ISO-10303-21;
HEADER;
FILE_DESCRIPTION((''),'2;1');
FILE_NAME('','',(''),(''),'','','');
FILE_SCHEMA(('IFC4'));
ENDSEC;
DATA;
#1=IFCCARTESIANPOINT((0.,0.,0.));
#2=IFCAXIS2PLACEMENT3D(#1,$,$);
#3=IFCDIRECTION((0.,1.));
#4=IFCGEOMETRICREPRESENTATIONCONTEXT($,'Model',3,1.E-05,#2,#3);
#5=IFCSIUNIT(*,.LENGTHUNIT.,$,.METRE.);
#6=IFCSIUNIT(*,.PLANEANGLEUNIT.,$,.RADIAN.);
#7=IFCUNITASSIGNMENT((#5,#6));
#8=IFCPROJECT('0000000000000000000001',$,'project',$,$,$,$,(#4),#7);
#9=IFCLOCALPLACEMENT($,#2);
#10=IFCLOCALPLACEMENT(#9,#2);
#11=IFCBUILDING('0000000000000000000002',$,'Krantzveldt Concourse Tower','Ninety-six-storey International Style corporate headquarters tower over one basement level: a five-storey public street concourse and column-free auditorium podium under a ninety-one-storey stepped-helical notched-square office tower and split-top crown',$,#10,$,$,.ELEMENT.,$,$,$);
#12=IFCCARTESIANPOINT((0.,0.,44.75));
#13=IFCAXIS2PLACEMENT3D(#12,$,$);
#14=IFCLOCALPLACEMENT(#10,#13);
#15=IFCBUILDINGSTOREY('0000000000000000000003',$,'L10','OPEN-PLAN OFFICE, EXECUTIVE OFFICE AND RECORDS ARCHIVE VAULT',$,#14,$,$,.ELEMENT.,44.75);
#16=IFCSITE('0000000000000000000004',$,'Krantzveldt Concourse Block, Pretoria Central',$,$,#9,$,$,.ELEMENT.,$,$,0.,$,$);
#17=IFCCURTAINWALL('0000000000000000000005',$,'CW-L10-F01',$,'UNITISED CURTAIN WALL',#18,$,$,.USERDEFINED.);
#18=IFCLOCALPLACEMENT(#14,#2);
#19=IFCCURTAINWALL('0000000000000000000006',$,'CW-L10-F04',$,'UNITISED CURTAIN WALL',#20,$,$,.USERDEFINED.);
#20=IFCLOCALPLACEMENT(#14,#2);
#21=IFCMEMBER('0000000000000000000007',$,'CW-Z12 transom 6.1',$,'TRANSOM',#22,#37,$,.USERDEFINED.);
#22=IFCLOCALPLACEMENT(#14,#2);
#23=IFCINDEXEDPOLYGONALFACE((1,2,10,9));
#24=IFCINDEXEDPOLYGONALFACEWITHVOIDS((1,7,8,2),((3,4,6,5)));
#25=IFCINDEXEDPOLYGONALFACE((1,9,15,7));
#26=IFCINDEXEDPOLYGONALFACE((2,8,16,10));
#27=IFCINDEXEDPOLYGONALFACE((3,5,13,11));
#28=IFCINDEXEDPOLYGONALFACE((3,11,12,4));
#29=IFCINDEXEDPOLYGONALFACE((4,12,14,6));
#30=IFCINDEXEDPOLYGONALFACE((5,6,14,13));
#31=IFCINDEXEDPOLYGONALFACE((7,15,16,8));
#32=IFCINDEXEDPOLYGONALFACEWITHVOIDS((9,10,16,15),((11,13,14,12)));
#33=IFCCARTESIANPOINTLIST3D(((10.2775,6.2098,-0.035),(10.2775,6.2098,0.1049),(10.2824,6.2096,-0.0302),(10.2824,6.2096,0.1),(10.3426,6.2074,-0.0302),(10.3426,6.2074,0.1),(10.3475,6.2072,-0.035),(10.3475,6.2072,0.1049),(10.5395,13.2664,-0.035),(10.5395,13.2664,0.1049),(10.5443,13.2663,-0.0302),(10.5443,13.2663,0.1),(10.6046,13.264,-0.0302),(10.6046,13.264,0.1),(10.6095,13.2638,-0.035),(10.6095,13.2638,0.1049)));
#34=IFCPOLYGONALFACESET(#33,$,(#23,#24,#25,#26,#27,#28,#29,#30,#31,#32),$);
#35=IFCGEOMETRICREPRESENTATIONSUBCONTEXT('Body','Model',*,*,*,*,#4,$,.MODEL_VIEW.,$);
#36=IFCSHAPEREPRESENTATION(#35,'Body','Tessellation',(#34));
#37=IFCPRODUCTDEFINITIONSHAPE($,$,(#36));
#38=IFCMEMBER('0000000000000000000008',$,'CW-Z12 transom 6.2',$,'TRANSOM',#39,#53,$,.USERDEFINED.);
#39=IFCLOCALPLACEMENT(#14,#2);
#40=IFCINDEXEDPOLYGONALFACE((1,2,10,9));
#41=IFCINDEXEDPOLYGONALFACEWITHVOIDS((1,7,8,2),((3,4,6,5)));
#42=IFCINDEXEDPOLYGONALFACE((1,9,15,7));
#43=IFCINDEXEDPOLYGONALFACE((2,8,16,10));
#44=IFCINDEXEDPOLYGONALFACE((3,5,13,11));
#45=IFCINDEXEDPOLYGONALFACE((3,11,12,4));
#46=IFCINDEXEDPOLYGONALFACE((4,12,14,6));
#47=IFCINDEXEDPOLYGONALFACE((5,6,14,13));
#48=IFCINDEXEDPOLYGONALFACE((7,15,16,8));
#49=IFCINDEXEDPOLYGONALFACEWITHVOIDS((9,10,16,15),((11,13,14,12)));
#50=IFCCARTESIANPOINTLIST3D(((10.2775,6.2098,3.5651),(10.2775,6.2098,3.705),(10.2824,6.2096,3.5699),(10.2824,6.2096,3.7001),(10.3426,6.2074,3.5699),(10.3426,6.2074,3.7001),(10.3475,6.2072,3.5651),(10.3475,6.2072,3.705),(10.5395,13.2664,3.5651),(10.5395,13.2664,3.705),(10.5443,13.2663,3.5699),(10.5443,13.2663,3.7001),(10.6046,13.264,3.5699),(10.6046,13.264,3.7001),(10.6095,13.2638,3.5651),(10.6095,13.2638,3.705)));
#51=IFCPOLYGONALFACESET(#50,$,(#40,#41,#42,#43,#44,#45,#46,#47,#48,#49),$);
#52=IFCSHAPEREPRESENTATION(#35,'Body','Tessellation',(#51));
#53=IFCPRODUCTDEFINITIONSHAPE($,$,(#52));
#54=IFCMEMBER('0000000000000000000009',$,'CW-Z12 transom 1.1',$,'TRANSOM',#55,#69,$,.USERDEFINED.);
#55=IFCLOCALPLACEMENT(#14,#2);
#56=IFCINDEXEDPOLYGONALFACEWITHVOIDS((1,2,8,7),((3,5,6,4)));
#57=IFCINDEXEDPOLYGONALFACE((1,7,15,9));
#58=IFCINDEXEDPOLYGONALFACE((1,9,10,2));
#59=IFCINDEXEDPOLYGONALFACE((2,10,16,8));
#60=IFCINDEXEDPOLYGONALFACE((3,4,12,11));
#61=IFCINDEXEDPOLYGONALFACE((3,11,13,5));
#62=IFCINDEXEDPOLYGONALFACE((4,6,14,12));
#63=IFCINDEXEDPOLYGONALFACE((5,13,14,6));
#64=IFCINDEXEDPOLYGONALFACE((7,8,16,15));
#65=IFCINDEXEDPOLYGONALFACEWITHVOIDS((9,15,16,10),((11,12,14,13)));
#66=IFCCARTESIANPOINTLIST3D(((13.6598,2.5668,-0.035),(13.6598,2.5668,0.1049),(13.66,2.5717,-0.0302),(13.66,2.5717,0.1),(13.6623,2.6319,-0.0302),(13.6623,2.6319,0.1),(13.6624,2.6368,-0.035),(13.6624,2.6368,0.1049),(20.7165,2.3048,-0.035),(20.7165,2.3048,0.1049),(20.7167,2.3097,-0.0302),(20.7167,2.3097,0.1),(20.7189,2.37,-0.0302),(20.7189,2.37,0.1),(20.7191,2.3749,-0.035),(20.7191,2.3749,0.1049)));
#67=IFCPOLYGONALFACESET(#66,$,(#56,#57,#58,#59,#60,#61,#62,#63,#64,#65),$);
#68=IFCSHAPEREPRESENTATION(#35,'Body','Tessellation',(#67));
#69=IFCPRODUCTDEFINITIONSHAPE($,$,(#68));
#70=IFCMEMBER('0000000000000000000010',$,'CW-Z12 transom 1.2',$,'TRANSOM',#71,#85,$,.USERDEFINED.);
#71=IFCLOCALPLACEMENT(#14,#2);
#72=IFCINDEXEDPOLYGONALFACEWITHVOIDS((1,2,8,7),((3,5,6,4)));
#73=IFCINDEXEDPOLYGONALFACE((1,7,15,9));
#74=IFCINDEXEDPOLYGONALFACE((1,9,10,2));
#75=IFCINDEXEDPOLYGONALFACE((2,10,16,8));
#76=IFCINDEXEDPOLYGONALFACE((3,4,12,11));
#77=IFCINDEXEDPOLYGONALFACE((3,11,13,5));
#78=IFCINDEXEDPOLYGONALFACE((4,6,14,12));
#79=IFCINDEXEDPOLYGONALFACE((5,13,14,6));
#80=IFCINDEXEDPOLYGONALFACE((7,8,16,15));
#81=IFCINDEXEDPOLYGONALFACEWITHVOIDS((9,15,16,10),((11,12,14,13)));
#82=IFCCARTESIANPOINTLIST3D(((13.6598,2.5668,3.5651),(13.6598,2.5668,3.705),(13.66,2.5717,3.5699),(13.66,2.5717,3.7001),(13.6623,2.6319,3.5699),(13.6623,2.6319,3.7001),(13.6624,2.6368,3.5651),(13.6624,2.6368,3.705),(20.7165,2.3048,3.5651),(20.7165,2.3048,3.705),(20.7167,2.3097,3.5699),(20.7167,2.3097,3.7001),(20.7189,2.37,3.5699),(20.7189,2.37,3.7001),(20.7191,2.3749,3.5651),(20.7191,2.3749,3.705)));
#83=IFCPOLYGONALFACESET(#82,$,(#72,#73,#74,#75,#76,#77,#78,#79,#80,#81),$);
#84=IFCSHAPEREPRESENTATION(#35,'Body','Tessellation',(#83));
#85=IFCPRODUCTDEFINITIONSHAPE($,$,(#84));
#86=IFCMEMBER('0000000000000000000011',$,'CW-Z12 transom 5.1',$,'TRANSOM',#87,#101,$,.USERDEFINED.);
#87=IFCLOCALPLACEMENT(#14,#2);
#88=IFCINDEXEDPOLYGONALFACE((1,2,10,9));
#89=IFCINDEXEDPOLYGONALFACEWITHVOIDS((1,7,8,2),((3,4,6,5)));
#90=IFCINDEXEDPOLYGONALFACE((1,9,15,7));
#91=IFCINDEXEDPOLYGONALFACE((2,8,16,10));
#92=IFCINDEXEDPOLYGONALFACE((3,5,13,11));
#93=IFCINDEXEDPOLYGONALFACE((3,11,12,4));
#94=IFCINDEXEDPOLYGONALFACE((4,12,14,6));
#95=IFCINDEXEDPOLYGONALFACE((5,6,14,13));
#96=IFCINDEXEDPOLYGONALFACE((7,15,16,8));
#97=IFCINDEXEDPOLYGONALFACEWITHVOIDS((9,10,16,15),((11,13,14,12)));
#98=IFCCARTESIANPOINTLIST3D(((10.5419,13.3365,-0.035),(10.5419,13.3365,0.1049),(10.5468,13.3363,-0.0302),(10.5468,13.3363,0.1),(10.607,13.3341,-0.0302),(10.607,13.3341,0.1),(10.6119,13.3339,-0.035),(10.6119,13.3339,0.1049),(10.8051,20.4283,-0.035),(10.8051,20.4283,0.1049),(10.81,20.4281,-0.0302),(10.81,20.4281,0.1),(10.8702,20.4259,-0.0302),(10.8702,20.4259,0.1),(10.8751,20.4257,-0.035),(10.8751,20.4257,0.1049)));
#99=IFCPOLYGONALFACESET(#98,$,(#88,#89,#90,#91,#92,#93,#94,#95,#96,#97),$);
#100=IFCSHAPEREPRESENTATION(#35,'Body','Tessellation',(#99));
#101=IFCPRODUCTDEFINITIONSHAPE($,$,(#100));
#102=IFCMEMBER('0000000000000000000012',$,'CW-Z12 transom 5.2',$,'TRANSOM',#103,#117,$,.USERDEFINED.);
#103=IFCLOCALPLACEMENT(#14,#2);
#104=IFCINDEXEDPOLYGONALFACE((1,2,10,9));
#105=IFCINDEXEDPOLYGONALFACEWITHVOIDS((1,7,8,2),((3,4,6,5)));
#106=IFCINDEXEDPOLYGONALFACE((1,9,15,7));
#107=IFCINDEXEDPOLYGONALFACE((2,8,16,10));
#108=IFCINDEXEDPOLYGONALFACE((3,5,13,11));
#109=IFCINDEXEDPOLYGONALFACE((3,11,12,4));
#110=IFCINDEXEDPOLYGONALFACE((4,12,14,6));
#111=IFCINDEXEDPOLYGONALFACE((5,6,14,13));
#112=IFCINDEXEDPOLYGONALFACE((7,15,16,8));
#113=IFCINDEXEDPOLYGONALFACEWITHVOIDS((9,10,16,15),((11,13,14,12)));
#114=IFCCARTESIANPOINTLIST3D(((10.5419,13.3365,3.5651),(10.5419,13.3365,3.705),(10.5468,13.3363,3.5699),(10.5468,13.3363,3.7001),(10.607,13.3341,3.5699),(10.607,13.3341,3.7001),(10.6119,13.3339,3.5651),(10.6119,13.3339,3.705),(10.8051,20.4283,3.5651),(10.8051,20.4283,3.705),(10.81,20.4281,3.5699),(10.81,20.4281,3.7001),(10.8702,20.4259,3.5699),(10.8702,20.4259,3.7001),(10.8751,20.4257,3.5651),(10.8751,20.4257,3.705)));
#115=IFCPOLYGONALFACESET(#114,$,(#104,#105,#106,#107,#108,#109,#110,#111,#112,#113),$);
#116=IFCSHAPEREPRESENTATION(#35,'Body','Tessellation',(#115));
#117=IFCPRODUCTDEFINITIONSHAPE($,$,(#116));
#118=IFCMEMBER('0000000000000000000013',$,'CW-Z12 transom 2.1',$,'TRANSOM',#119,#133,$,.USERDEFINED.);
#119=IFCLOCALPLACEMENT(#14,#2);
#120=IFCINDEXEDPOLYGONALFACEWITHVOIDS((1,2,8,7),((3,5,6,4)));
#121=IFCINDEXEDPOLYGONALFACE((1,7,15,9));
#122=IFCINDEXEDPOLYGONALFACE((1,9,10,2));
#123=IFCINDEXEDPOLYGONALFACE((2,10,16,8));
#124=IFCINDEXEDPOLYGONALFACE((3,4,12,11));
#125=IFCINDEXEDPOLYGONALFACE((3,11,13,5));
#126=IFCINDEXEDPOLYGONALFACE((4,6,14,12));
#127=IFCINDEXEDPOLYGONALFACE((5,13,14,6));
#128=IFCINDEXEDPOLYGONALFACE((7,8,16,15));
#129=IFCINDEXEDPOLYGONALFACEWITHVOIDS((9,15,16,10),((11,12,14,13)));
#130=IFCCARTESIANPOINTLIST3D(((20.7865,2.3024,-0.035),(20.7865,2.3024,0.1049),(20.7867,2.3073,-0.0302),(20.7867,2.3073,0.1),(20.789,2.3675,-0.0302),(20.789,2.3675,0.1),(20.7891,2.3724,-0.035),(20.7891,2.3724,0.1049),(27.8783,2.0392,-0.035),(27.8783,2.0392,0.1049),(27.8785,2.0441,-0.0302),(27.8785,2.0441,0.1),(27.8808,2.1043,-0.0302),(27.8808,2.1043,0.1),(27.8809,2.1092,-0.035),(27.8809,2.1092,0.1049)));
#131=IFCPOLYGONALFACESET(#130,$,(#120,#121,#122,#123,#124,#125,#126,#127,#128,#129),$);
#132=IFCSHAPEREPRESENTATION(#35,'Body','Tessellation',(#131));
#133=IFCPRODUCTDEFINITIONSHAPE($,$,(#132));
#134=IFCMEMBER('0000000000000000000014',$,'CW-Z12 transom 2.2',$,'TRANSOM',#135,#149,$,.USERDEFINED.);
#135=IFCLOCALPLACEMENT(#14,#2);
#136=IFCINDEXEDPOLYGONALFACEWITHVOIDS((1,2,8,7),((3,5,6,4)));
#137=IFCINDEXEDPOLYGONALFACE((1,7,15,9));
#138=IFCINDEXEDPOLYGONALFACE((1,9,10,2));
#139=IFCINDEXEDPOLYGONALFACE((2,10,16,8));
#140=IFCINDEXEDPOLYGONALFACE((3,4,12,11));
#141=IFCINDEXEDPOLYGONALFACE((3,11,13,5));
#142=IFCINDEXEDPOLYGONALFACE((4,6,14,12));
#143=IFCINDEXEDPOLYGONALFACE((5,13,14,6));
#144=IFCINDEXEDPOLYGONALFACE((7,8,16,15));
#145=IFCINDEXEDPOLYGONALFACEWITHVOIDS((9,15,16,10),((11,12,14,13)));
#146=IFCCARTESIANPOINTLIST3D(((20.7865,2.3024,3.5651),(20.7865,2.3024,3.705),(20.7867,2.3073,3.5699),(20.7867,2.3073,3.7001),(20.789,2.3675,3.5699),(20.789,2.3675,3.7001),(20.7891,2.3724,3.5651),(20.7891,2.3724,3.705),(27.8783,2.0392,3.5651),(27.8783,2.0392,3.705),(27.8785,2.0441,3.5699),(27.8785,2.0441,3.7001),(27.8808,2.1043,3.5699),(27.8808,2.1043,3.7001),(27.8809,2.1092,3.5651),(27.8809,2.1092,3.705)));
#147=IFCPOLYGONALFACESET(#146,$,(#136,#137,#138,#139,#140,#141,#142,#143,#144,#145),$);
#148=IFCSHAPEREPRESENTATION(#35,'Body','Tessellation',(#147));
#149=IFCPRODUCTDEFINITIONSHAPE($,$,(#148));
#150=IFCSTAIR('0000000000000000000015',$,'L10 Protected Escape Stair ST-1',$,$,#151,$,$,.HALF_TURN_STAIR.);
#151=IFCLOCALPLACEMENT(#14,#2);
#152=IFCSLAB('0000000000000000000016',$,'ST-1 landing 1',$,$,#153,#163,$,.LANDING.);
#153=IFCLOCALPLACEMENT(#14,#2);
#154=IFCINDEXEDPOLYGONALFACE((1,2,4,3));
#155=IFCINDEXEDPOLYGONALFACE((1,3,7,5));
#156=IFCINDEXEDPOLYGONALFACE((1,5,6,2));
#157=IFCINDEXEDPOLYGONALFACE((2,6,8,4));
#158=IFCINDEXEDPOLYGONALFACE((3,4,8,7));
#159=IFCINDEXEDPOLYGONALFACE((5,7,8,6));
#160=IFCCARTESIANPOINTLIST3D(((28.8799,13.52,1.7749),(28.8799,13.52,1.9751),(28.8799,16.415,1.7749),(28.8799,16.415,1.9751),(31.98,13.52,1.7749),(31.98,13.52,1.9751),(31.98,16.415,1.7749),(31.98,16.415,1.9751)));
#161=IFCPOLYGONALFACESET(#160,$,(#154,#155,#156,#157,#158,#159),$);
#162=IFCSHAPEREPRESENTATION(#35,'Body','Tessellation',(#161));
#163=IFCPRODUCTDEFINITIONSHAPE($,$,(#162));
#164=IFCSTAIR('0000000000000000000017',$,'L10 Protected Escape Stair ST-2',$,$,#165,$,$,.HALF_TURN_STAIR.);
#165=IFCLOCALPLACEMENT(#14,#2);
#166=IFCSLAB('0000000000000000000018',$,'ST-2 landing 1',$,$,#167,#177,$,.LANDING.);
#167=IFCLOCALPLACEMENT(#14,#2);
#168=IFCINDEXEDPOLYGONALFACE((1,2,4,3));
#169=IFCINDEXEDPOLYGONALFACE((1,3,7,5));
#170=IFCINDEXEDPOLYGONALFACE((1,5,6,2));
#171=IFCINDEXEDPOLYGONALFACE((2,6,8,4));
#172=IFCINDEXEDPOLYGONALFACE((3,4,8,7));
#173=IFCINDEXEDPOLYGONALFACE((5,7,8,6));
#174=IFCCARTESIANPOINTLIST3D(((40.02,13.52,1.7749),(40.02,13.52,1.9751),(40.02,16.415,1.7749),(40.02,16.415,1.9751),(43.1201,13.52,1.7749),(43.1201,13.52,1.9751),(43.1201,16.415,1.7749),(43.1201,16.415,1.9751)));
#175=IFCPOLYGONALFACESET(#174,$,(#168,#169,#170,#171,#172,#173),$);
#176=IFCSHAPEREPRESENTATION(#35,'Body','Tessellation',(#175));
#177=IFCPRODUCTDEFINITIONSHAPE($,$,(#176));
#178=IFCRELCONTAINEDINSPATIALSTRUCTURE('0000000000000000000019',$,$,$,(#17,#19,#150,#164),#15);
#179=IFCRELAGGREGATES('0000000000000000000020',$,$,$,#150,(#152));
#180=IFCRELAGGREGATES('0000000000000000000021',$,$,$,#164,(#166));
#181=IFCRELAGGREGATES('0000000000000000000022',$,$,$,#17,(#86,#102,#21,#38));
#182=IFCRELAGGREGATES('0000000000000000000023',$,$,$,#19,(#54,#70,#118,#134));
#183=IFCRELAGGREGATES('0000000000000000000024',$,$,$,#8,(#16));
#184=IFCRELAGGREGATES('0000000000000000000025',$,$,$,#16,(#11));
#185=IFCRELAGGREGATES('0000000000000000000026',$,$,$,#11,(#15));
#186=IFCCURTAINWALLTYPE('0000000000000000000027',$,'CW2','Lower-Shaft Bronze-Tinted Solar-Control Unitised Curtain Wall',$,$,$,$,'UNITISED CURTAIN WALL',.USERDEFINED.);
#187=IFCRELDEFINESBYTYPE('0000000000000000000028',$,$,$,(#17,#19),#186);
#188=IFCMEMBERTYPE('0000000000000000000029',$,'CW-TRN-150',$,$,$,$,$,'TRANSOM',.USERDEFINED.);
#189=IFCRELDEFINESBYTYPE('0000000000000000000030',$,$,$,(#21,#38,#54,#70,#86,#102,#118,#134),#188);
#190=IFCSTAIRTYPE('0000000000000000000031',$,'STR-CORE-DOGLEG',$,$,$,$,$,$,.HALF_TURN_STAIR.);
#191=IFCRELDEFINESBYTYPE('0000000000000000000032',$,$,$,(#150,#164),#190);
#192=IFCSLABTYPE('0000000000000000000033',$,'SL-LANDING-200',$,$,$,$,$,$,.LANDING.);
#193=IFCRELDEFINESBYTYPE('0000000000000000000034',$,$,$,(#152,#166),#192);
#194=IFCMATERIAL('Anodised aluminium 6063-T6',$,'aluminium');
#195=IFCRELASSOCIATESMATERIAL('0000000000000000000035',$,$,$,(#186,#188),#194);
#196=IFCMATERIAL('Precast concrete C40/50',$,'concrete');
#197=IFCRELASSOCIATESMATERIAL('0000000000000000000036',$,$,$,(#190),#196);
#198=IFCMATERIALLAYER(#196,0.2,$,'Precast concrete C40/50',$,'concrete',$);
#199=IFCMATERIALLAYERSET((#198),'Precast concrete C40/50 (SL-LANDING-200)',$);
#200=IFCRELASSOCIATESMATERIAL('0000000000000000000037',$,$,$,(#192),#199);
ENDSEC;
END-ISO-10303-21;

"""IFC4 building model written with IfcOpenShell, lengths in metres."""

from ifc_helpers import new_model, si_unit, direction, frame, origin, origin_2d, place, context, subcontext, project, spatial, polyline, hollow_rectangle, outline, extrude, source, transform, mapped, material, layer, layer_set, material_profile, profile_set, type_object, type_shapes, element, aggregate, save


model = new_model("IFC4")

# Units and contexts
model_context = context("Model", 3, precision=1e-05, world=origin(), true_north=direction((0.0, 1.0)))
body_context = subcontext(model_context, "Body", "Model", "MODEL_VIEW")
ifc_project = project(units=[si_unit("LENGTHUNIT", "METRE"), si_unit("PLANEANGLEUNIT", "RADIAN")], contexts=[model_context])

# Site, building, storey
site_placement = place(None, origin())
site = spatial("IfcSite", under=ifc_project, at=site_placement, Name="Krantzveldt Concourse Block, Pretoria Central", CompositionType="ELEMENT", RefElevation=0.0)
building_placement = place(site_placement, origin())
building = spatial("IfcBuilding", under=site, at=building_placement, Name="Krantzveldt Concourse Tower", Description="Ninety-six-storey International Style corporate headquarters tower over one basement level: a five-storey public street concourse and column-free auditorium podium under a ninety-one-storey stepped-helical notched-square office tower and split-top crown", CompositionType="ELEMENT")
storey_placement = place(building_placement, frame((0.0, 0.0, 44.75)))
storey = spatial("IfcBuildingStorey", under=building, at=storey_placement, Name="L10", Description="OPEN-PLAN OFFICE, EXECUTIVE OFFICE AND RECORDS ARCHIVE VAULT", CompositionType="ELEMENT", Elevation=44.75)

# Curtain walls
ifc_material_1 = material(Name="Anodised aluminium 6063-T6", Category="aluminium")
curtain_wall_type = type_object("IfcCurtainWallType", Name="CW2", Description="Lower-Shaft Bronze-Tinted Solar-Control Unitised Curtain Wall", ElementType="UNITISED CURTAIN WALL", PredefinedType="USERDEFINED", material=ifc_material_1)
curtain_wall_1_placement = place(storey_placement, origin())
curtain_wall_1 = element("IfcCurtainWall", 1, at=curtain_wall_1_placement, inside=storey, type_object=curtain_wall_type, Name="CW-L10-F01", ObjectType="UNITISED CURTAIN WALL", PredefinedType="USERDEFINED")
curtain_wall_2_placement = place(storey_placement, origin())
curtain_wall_2 = element("IfcCurtainWall", 2, at=curtain_wall_2_placement, inside=storey, type_object=curtain_wall_type, Name="CW-L10-F04", ObjectType="UNITISED CURTAIN WALL", PredefinedType="USERDEFINED")

# Members
ifc_material_profile_1 = material_profile(ifc_material_1, hollow_rectangle(XDim=0.0701, YDim=0.1399, WallThickness=0.0049, at=origin_2d()), Name="Anodised aluminium 6063-T6", Category="aluminium")
ifc_profile_set_1 = profile_set([ifc_material_profile_1], Name="Anodised aluminium 6063-T6 - ALU-TRAN 140x70x5")
member_type_1 = type_object("IfcMemberType", Name="CW-TRN-150", ElementType="TRANSOM", PredefinedType="USERDEFINED", material=ifc_profile_set_1)
shared_shape_1 = source(origin(), body_context, "Body", "SweptSolid", [
    extrude(hollow_rectangle(XDim=0.0701, YDim=0.1399, WallThickness=0.0049, at=origin_2d()), origin(), (0.0, 0.0, 1.0), 7.0615),
])
member_1_placement = place(storey_placement, frame((10.5745, 13.2651, 0.0349), z_axis=(-0.037097, -0.999312, 0.0), x_axis=(0.999312, -0.037097, 0.0)))
member_1 = element("IfcMember", 3, at=member_1_placement, type_object=member_type_1, Name="CW-Z12 transom 6.1", ObjectType="TRANSOM", PredefinedType="USERDEFINED", context=body_context, shape_type="MappedRepresentation", body=[
    mapped(shared_shape_1, transform((0.0, 0.0, 0.0), x_axis=(1.0, 0.0, 0.0), y_axis=(0.0, 1.0, 0.0), z_axis=(0.0, 0.0, 1.0), scale=1.0)),
])
member_2_placement = place(storey_placement, frame((10.5745, 13.2651, 3.635), z_axis=(-0.037097, -0.999312, 0.0), x_axis=(0.999312, -0.037097, 0.0)))
member_2 = element("IfcMember", 4, at=member_2_placement, type_object=member_type_1, Name="CW-Z12 transom 6.2", ObjectType="TRANSOM", PredefinedType="USERDEFINED", context=body_context, shape_type="MappedRepresentation", body=[
    mapped(shared_shape_1, transform((0.0, 0.0, 0.0), x_axis=(1.0, 0.0, 0.0), y_axis=(0.0, 1.0, 0.0), z_axis=(0.0, 0.0, 1.0), scale=1.0)),
])
member_3_placement = place(storey_placement, frame((13.6611, 2.6018, 0.0349), z_axis=(0.999312, -0.037097, 0.0), x_axis=(0.037097, 0.999312, 0.0)))
member_3 = element("IfcMember", 5, at=member_3_placement, type_object=member_type_1, Name="CW-Z12 transom 1.1", ObjectType="TRANSOM", PredefinedType="USERDEFINED", context=body_context, shape_type="MappedRepresentation", body=[
    mapped(shared_shape_1, transform((0.0, 0.0, 0.0), x_axis=(1.0, 0.0, 0.0), y_axis=(0.0, 1.0, 0.0), z_axis=(0.0, 0.0, 1.0), scale=1.0)),
])
member_4_placement = place(storey_placement, frame((13.6611, 2.6018, 3.635), z_axis=(0.999312, -0.037097, 0.0), x_axis=(0.037097, 0.999312, 0.0)))
member_4 = element("IfcMember", 6, at=member_4_placement, type_object=member_type_1, Name="CW-Z12 transom 1.2", ObjectType="TRANSOM", PredefinedType="USERDEFINED", context=body_context, shape_type="MappedRepresentation", body=[
    mapped(shared_shape_1, transform((0.0, 0.0, 0.0), x_axis=(1.0, 0.0, 0.0), y_axis=(0.0, 1.0, 0.0), z_axis=(0.0, 0.0, 1.0), scale=1.0)),
])
shared_shape_2 = source(origin(), body_context, "Body", "SweptSolid", [
    extrude(hollow_rectangle(XDim=0.0701, YDim=0.1399, WallThickness=0.0049, at=origin_2d()), origin(), (0.0, 0.0, 1.0), 7.0967),
])
type_shapes(member_type_1, [shared_shape_1, shared_shape_2])
member_5_placement = place(storey_placement, frame((10.8401, 20.427, 0.0349), z_axis=(-0.037085, -0.999312, 0.0), x_axis=(0.999312, -0.037085, 0.0)))
member_5 = element("IfcMember", 7, at=member_5_placement, type_object=member_type_1, Name="CW-Z12 transom 5.1", ObjectType="TRANSOM", PredefinedType="USERDEFINED", context=body_context, shape_type="MappedRepresentation", body=[
    mapped(shared_shape_2, transform((0.0, 0.0, 0.0), x_axis=(1.0, 0.0, 0.0), y_axis=(0.0, 1.0, 0.0), z_axis=(0.0, 0.0, 1.0), scale=1.0)),
])
member_6_placement = place(storey_placement, frame((10.8401, 20.427, 3.635), z_axis=(-0.037085, -0.999312, 0.0), x_axis=(0.999312, -0.037085, 0.0)))
member_6 = element("IfcMember", 8, at=member_6_placement, type_object=member_type_1, Name="CW-Z12 transom 5.2", ObjectType="TRANSOM", PredefinedType="USERDEFINED", context=body_context, shape_type="MappedRepresentation", body=[
    mapped(shared_shape_2, transform((0.0, 0.0, 0.0), x_axis=(1.0, 0.0, 0.0), y_axis=(0.0, 1.0, 0.0), z_axis=(0.0, 0.0, 1.0), scale=1.0)),
])
member_7_placement = place(storey_placement, frame((20.7878, 2.3374, 0.0349), z_axis=(0.999312, -0.037085, 0.0), x_axis=(0.037085, 0.999312, 0.0)))
member_7 = element("IfcMember", 9, at=member_7_placement, type_object=member_type_1, Name="CW-Z12 transom 2.1", ObjectType="TRANSOM", PredefinedType="USERDEFINED", context=body_context, shape_type="MappedRepresentation", body=[
    mapped(shared_shape_2, transform((0.0, 0.0, 0.0), x_axis=(1.0, 0.0, 0.0), y_axis=(0.0, 1.0, 0.0), z_axis=(0.0, 0.0, 1.0), scale=1.0)),
])
member_8_placement = place(storey_placement, frame((20.7878, 2.3374, 3.635), z_axis=(0.999312, -0.037085, 0.0), x_axis=(0.037085, 0.999312, 0.0)))
member_8 = element("IfcMember", 10, at=member_8_placement, type_object=member_type_1, Name="CW-Z12 transom 2.2", ObjectType="TRANSOM", PredefinedType="USERDEFINED", context=body_context, shape_type="MappedRepresentation", body=[
    mapped(shared_shape_2, transform((0.0, 0.0, 0.0), x_axis=(1.0, 0.0, 0.0), y_axis=(0.0, 1.0, 0.0), z_axis=(0.0, 0.0, 1.0), scale=1.0)),
])

# Stairs, slabs
ifc_material_2 = material(Name="Precast concrete C40/50", Category="concrete")
stair_type = type_object("IfcStairType", Name="STR-CORE-DOGLEG", PredefinedType="HALF_TURN_STAIR", material=ifc_material_2)
stair_1_placement = place(storey_placement, origin())
stair_1 = element("IfcStair", 11, at=stair_1_placement, inside=storey, type_object=stair_type, Name="L10 Protected Escape Stair ST-1", PredefinedType="HALF_TURN_STAIR")
ifc_layer_1 = layer(ifc_material_2, 0.2, Name="Precast concrete C40/50", Category="concrete")
ifc_layer_set_1 = layer_set([ifc_layer_1], Name="Precast concrete C40/50 (SL-LANDING-200)")
slab_type_1 = type_object("IfcSlabType", Name="SL-LANDING-200", PredefinedType="LANDING", material=ifc_layer_set_1)
slab_1_placement = place(storey_placement, frame((0.0, 0.0, 1.7749)))
slab_1 = element("IfcSlab", 12, at=slab_1_placement, type_object=slab_type_1, Name="ST-1 landing 1", PredefinedType="LANDING", context=body_context, shape_type="SweptSolid", body=[
    extrude(outline(polyline([(28.8799, 16.415), (28.8799, 13.52), (31.98, 13.52), (31.98, 16.415), (28.8799, 16.415)])), origin(), (0.0, 0.0, 1.0), 0.2002),
])
aggregate(stair_1, [slab_1])
stair_2_placement = place(storey_placement, origin())
stair_2 = element("IfcStair", 13, at=stair_2_placement, inside=storey, type_object=stair_type, Name="L10 Protected Escape Stair ST-2", PredefinedType="HALF_TURN_STAIR")
slab_2_placement = place(storey_placement, frame((0.0, 0.0, 1.7749)))
slab_2 = element("IfcSlab", 14, at=slab_2_placement, type_object=slab_type_1, Name="ST-2 landing 1", PredefinedType="LANDING", context=body_context, shape_type="SweptSolid", body=[
    extrude(outline(polyline([(40.02, 16.415), (40.02, 13.52), (43.1201, 13.52), (43.1201, 16.415), (40.02, 16.415)])), origin(), (0.0, 0.0, 1.0), 0.2002),
])
aggregate(stair_2, [slab_2])

aggregate(curtain_wall_1, [member_5, member_6, member_1, member_2])
aggregate(curtain_wall_2, [member_3, member_4, member_7, member_8])

save(model, "model.ifc")
